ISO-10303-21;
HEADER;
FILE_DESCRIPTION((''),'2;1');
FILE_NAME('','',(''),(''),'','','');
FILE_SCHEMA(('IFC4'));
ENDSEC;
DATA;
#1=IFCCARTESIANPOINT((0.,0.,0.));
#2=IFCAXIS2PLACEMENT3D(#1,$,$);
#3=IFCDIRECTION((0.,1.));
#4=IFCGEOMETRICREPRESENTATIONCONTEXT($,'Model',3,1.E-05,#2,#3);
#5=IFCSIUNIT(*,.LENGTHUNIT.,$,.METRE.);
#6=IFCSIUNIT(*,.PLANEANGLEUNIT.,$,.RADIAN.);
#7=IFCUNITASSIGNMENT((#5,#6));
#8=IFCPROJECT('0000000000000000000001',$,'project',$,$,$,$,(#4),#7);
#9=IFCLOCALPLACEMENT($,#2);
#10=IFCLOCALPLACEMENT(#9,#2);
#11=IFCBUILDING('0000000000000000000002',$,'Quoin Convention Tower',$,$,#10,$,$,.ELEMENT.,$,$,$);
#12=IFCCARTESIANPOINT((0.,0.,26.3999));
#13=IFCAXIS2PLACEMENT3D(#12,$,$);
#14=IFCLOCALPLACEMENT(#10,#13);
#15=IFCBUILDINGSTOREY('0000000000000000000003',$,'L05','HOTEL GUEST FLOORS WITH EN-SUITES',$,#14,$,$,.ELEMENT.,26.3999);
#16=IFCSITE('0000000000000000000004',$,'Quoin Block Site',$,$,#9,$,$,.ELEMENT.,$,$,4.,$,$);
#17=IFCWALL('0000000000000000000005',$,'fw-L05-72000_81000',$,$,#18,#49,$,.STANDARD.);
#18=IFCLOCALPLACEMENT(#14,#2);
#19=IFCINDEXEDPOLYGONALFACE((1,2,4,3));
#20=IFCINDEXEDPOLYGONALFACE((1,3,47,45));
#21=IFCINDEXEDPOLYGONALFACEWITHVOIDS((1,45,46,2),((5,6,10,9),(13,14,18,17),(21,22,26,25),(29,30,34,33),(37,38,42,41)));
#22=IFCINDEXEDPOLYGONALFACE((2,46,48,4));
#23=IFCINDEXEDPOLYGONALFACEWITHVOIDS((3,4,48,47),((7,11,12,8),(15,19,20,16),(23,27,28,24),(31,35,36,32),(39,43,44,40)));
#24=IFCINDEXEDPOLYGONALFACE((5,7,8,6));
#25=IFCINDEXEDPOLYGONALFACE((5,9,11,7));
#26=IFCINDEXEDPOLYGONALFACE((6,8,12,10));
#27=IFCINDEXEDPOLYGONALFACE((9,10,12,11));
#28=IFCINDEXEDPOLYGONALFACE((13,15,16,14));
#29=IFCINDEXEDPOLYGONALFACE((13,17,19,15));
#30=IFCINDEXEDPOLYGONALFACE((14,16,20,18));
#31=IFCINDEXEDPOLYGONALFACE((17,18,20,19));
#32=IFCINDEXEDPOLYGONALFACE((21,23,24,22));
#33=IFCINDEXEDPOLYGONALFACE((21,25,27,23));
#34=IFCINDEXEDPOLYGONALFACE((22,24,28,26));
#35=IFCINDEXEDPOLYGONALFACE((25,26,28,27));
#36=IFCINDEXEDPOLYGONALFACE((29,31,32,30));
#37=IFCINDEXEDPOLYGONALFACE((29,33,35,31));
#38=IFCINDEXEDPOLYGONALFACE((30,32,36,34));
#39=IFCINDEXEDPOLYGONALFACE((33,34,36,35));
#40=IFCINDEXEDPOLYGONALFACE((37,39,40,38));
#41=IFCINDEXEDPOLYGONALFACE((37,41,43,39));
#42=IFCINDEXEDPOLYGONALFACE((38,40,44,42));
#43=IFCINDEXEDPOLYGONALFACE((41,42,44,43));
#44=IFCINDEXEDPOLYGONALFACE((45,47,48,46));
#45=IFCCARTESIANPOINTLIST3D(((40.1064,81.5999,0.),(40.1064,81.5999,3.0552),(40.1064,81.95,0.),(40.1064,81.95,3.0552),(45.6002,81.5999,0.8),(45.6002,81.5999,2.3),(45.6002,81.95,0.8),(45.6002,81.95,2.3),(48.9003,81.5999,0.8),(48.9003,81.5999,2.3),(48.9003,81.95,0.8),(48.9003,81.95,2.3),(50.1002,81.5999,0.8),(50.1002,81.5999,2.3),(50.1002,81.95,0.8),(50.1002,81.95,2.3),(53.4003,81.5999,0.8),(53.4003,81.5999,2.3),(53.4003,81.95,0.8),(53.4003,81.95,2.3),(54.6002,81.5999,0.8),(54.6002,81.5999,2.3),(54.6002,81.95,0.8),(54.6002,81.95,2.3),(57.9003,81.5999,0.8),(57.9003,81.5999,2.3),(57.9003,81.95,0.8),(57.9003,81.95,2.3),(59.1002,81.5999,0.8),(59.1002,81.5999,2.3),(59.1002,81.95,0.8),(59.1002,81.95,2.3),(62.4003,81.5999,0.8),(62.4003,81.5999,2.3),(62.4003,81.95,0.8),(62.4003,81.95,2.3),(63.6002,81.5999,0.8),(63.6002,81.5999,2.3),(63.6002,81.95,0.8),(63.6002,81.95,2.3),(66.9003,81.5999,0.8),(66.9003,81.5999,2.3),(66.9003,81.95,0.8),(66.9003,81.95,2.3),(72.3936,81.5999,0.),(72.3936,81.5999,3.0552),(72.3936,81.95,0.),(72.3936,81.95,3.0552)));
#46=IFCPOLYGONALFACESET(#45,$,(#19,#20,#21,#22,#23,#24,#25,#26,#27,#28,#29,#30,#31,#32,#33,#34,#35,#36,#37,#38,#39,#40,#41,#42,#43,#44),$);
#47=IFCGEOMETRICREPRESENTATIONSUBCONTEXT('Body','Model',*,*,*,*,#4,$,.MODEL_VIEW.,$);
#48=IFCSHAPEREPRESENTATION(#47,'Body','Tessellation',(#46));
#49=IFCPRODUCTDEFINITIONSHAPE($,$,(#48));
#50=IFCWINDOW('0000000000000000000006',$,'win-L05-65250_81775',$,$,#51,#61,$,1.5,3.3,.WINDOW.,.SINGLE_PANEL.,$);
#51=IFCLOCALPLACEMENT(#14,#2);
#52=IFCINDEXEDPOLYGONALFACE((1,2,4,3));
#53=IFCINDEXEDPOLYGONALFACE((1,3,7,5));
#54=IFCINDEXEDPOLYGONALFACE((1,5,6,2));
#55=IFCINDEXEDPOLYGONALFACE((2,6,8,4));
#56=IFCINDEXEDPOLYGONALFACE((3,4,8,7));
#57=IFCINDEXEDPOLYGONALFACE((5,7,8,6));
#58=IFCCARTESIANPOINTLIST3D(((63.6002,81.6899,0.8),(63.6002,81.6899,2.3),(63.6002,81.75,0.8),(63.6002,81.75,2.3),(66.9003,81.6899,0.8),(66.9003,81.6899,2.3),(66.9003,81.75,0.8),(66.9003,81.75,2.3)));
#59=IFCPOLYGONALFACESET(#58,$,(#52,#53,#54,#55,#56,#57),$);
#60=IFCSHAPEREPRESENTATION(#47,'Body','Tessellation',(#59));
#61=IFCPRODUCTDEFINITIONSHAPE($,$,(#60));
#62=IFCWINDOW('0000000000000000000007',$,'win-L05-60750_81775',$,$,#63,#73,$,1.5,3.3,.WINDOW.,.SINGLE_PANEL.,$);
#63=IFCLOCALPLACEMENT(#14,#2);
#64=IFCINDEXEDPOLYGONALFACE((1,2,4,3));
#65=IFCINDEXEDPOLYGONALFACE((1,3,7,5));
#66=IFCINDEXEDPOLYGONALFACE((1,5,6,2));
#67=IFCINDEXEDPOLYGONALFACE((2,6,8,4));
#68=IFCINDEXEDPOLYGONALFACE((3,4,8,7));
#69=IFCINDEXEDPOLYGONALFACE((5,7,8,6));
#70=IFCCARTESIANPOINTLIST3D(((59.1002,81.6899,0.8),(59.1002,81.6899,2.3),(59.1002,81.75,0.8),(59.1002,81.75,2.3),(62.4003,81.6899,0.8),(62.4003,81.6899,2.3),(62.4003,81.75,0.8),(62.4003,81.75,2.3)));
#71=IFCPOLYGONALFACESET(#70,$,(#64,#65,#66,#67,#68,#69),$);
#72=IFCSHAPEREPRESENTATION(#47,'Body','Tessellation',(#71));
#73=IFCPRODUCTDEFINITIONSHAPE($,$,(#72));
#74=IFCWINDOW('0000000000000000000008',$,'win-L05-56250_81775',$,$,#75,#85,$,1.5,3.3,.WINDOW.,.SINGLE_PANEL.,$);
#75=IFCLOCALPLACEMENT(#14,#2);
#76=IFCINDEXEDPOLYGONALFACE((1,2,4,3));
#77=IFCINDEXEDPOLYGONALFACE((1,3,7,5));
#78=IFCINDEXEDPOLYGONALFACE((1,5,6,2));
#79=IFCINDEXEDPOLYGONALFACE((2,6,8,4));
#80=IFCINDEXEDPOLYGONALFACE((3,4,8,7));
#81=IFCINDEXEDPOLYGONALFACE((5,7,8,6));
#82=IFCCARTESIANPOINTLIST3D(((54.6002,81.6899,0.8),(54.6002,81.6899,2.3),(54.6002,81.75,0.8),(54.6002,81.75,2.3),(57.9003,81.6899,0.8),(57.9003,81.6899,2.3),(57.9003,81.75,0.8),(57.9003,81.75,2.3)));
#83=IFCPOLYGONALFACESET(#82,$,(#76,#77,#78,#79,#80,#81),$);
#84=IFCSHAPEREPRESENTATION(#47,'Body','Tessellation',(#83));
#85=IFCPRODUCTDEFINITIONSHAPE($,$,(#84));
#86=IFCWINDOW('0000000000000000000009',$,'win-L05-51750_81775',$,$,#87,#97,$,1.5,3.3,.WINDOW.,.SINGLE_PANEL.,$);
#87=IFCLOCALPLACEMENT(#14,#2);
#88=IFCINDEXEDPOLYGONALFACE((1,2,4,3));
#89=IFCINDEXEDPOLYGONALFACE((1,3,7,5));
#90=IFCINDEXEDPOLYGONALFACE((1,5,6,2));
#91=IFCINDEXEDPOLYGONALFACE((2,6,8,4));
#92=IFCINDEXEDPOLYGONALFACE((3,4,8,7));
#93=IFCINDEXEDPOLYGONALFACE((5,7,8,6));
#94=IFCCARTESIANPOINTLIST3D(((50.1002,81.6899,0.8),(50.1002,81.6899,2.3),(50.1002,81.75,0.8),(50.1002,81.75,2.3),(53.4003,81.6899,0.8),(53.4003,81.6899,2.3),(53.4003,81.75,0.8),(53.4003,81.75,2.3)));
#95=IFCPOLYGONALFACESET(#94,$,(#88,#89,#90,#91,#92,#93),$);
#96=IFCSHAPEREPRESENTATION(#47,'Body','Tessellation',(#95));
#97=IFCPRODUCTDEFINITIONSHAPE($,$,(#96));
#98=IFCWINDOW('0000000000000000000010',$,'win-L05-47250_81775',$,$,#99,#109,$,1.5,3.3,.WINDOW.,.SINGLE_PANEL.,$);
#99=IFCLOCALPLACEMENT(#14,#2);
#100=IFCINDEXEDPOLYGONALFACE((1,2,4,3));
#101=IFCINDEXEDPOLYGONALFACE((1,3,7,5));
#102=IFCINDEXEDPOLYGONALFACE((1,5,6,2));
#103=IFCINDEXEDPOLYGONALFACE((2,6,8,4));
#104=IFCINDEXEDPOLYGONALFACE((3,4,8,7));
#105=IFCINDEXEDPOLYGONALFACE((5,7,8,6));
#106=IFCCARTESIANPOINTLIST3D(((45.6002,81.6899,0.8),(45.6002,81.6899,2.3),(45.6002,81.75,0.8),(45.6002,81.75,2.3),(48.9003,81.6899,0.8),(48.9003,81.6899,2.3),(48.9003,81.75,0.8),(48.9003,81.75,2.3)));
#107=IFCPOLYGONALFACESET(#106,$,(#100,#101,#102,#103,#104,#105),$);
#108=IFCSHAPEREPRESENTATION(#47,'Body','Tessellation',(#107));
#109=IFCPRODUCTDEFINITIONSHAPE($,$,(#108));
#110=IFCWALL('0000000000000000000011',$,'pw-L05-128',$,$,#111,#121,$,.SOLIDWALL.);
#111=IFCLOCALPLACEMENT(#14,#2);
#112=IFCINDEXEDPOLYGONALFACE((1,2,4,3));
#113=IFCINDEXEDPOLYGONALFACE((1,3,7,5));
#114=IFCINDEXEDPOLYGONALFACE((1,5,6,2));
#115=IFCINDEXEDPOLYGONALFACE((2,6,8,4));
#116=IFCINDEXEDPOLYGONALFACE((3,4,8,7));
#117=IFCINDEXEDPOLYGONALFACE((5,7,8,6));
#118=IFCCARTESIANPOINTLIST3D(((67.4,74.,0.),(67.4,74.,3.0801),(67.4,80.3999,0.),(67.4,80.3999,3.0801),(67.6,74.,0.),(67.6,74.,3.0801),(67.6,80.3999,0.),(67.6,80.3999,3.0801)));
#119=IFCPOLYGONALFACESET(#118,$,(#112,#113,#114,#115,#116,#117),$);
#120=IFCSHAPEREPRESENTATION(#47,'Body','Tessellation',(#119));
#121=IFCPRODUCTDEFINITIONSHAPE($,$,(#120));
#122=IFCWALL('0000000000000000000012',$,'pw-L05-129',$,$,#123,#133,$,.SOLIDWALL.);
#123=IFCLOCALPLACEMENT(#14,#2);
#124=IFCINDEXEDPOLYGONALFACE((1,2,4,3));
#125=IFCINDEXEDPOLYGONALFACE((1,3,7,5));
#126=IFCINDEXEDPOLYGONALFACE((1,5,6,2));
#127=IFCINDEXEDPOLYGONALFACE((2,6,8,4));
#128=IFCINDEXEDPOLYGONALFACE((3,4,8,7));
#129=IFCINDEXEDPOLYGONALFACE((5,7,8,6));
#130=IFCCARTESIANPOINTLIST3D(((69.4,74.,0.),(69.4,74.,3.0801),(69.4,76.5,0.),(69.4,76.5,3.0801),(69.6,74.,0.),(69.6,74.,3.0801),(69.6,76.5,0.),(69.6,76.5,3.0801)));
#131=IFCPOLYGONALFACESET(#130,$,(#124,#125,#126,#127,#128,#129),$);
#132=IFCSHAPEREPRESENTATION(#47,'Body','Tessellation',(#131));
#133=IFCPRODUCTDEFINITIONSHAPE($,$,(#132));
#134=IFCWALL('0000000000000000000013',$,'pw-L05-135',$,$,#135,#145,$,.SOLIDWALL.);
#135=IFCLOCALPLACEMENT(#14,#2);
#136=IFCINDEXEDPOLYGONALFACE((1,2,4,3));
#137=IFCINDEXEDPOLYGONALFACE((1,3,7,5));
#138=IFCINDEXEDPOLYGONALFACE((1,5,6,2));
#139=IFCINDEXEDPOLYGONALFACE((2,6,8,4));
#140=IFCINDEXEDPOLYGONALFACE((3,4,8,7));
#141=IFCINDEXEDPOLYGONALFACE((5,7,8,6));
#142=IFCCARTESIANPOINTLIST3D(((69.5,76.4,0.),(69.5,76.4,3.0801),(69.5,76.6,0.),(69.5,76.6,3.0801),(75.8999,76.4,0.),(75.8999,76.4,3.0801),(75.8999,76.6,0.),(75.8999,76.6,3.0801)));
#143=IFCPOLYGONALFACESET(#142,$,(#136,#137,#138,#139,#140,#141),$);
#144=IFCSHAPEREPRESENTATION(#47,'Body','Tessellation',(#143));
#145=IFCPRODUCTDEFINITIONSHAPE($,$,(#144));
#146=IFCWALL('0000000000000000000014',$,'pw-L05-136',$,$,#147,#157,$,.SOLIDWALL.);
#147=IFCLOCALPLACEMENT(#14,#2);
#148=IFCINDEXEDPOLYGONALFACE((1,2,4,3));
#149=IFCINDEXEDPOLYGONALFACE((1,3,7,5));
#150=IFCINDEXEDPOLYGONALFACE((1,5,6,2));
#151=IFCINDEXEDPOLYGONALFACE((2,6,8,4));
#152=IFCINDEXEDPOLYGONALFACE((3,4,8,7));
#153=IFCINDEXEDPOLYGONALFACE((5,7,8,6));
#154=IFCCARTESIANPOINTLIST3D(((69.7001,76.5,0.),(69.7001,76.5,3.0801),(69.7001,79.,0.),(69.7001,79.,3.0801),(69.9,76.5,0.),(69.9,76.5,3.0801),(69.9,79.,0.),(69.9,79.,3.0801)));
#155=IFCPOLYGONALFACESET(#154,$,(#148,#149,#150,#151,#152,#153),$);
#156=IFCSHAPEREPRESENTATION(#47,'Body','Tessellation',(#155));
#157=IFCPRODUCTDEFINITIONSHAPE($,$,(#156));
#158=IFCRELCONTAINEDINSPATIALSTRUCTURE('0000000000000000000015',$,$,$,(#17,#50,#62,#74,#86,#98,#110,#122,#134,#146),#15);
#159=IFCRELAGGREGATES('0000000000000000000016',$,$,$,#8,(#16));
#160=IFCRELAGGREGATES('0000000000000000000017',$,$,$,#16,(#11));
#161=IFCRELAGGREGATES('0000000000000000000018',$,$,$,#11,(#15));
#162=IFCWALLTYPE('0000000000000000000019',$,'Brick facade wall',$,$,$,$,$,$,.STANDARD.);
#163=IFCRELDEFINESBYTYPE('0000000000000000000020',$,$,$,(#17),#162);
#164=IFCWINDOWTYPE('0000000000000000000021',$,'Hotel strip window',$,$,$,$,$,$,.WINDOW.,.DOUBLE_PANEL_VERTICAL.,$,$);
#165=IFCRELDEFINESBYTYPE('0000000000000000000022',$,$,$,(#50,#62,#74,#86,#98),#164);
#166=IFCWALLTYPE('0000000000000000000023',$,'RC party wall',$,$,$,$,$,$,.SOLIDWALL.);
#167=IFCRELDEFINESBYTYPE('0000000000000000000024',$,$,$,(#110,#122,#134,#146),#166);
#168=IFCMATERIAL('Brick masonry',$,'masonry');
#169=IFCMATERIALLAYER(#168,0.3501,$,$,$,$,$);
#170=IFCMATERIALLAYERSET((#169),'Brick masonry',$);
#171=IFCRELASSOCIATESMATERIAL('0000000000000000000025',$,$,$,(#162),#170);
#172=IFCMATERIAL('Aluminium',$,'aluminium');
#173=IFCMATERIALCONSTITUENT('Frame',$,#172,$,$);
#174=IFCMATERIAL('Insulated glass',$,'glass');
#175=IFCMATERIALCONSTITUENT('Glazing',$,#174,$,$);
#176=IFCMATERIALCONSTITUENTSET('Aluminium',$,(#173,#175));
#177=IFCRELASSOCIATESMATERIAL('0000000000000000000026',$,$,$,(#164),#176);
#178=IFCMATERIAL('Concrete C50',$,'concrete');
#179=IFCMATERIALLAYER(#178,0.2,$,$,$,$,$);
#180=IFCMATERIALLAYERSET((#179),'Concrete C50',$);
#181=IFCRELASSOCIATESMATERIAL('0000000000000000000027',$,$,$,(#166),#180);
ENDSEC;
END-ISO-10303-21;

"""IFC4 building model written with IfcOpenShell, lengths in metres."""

from ifc_helpers import new_model, si_unit, direction, frame, frame_2d, origin, place, context, subcontext, project, spatial, rectangle, extrude, material, layer, layer_set, constituent, constituent_set, type_object, element, fill, save


model = new_model("IFC4")

# Units and contexts
model_context = context("Model", 3, precision=1e-05, world=origin(), true_north=direction((0.0, 1.0)))
body_context = subcontext(model_context, "Body", "Model", "MODEL_VIEW")
ifc_project = project(units=[si_unit("LENGTHUNIT", "METRE"), si_unit("PLANEANGLEUNIT", "RADIAN")], contexts=[model_context])

# Site, building, storey
site_placement = place(None, origin())
site = spatial("IfcSite", under=ifc_project, at=site_placement, Name="Quoin Block Site", CompositionType="ELEMENT", RefElevation=4.0)
building_placement = place(site_placement, origin())
building = spatial("IfcBuilding", under=site, at=building_placement, Name="Quoin Convention Tower", CompositionType="ELEMENT")
storey_placement = place(building_placement, frame((0.0, 0.0, 26.3999)))
storey = spatial("IfcBuildingStorey", under=building, at=storey_placement, Name="L05", Description="HOTEL GUEST FLOORS WITH EN-SUITES", CompositionType="ELEMENT", Elevation=26.3999)

# Shared definitions
ifc_material_1 = material(Name="Brick masonry", Category="masonry")
ifc_layer_1 = layer(ifc_material_1, 0.3501)
ifc_layer_set_1 = layer_set([ifc_layer_1], Name="Brick masonry")
wall_type_1 = type_object("IfcWallType", Name="Brick facade wall", PredefinedType="STANDARD", material=ifc_layer_set_1)
ifc_material_2 = material(Name="Aluminium", Category="aluminium")
ifc_constituent_1 = constituent(ifc_material_2, Name="Frame")
ifc_material_3 = material(Name="Insulated glass", Category="glass")
ifc_constituent_2 = constituent(ifc_material_3, Name="Glazing")
ifc_constituent_set = constituent_set(constituents=[ifc_constituent_1, ifc_constituent_2], Name="Aluminium")
window_type = type_object("IfcWindowType", Name="Hotel strip window", PartitioningType="DOUBLE_PANEL_VERTICAL", PredefinedType="WINDOW", material=ifc_constituent_set)

# Wall, openings, windows
wall_1_placement = place(storey_placement, frame((72.3936, 81.7749, 0.0), z_axis=(0.0, 0.0, 1.0), x_axis=(-1.0, 0.0, 0.0)))
wall_1 = element("IfcWall", 1, at=wall_1_placement, inside=storey, type_object=wall_type_1, Name="fw-L05-72000_81000", PredefinedType="STANDARD", context=body_context, shape_type="SweptSolid", body=[
    extrude(rectangle(XDim=32.2871, YDim=0.3501, at=frame_2d((16.1436, 0.0))), origin(), (0.0, 0.0, 1.0), 3.0552),
])
opening_1_placement = place(wall_1_placement, frame((5.4934, 0.0, 0.8)))
opening_1 = element("IfcOpeningElement", 2, at=opening_1_placement, cuts=wall_1, PredefinedType="OPENING", context=body_context, shape_type="SweptSolid", body=[
    extrude(rectangle(XDim=3.3, YDim=1.5, at=frame_2d((1.6499, 0.75))), frame((0.0, 0.1851, 0.0), z_axis=(0.0, -1.0, 0.0), x_axis=(1.0, 0.0, 0.0)), (0.0, 0.0, 1.0), 0.3701),
])
opening_2_placement = place(wall_1_placement, frame((9.9934, 0.0, 0.8)))
opening_2 = element("IfcOpeningElement", 3, at=opening_2_placement, cuts=wall_1, PredefinedType="OPENING", context=body_context, shape_type="SweptSolid", body=[
    extrude(rectangle(XDim=3.3, YDim=1.5, at=frame_2d((1.6499, 0.75))), frame((0.0, 0.1851, 0.0), z_axis=(0.0, -1.0, 0.0), x_axis=(1.0, 0.0, 0.0)), (0.0, 0.0, 1.0), 0.3701),
])
opening_3_placement = place(wall_1_placement, frame((14.4934, 0.0, 0.8)))
opening_3 = element("IfcOpeningElement", 4, at=opening_3_placement, cuts=wall_1, PredefinedType="OPENING", context=body_context, shape_type="SweptSolid", body=[
    extrude(rectangle(XDim=3.3, YDim=1.5, at=frame_2d((1.6499, 0.75))), frame((0.0, 0.1851, 0.0), z_axis=(0.0, -1.0, 0.0), x_axis=(1.0, 0.0, 0.0)), (0.0, 0.0, 1.0), 0.3701),
])
opening_4_placement = place(wall_1_placement, frame((18.9934, 0.0, 0.8)))
opening_4 = element("IfcOpeningElement", 5, at=opening_4_placement, cuts=wall_1, PredefinedType="OPENING", context=body_context, shape_type="SweptSolid", body=[
    extrude(rectangle(XDim=3.3, YDim=1.5, at=frame_2d((1.6499, 0.75))), frame((0.0, 0.1851, 0.0), z_axis=(0.0, -1.0, 0.0), x_axis=(1.0, 0.0, 0.0)), (0.0, 0.0, 1.0), 0.3701),
])
opening_5_placement = place(wall_1_placement, frame((23.4934, 0.0, 0.8)))
opening_5 = element("IfcOpeningElement", 6, at=opening_5_placement, cuts=wall_1, PredefinedType="OPENING", context=body_context, shape_type="SweptSolid", body=[
    extrude(rectangle(XDim=3.3, YDim=1.5, at=frame_2d((1.6499, 0.75))), frame((0.0, 0.1851, 0.0), z_axis=(0.0, -1.0, 0.0), x_axis=(1.0, 0.0, 0.0)), (0.0, 0.0, 1.0), 0.3701),
])
window_1_placement = place(opening_1_placement, origin())
window_1 = element("IfcWindow", 7, at=window_1_placement, inside=storey, type_object=window_type, Name="win-L05-65250_81775", OverallHeight=1.5, OverallWidth=3.3, PartitioningType="SINGLE_PANEL", PredefinedType="WINDOW", context=body_context, shape_type="SweptSolid", body=[
    extrude(rectangle(XDim=3.3, YDim=1.5, at=frame_2d((1.6499, 0.75))), frame((0.0, 0.085, 0.0), z_axis=(0.0, -1.0, 0.0), x_axis=(1.0, 0.0, 0.0)), (0.0, 0.0, 1.0), 0.0601),
])
fill(opening_1, window_1)
window_2_placement = place(opening_2_placement, origin())
window_2 = element("IfcWindow", 8, at=window_2_placement, inside=storey, type_object=window_type, Name="win-L05-60750_81775", OverallHeight=1.5, OverallWidth=3.3, PartitioningType="SINGLE_PANEL", PredefinedType="WINDOW", context=body_context, shape_type="SweptSolid", body=[
    extrude(rectangle(XDim=3.3, YDim=1.5, at=frame_2d((1.6499, 0.75))), frame((0.0, 0.085, 0.0), z_axis=(0.0, -1.0, 0.0), x_axis=(1.0, 0.0, 0.0)), (0.0, 0.0, 1.0), 0.0601),
])
fill(opening_2, window_2)
window_3_placement = place(opening_3_placement, origin())
window_3 = element("IfcWindow", 9, at=window_3_placement, inside=storey, type_object=window_type, Name="win-L05-56250_81775", OverallHeight=1.5, OverallWidth=3.3, PartitioningType="SINGLE_PANEL", PredefinedType="WINDOW", context=body_context, shape_type="SweptSolid", body=[
    extrude(rectangle(XDim=3.3, YDim=1.5, at=frame_2d((1.6499, 0.75))), frame((0.0, 0.085, 0.0), z_axis=(0.0, -1.0, 0.0), x_axis=(1.0, 0.0, 0.0)), (0.0, 0.0, 1.0), 0.0601),
])
fill(opening_3, window_3)
window_4_placement = place(opening_4_placement, origin())
window_4 = element("IfcWindow", 10, at=window_4_placement, inside=storey, type_object=window_type, Name="win-L05-51750_81775", OverallHeight=1.5, OverallWidth=3.3, PartitioningType="SINGLE_PANEL", PredefinedType="WINDOW", context=body_context, shape_type="SweptSolid", body=[
    extrude(rectangle(XDim=3.3, YDim=1.5, at=frame_2d((1.6499, 0.75))), frame((0.0, 0.085, 0.0), z_axis=(0.0, -1.0, 0.0), x_axis=(1.0, 0.0, 0.0)), (0.0, 0.0, 1.0), 0.0601),
])
fill(opening_4, window_4)
window_5_placement = place(opening_5_placement, origin())
window_5 = element("IfcWindow", 11, at=window_5_placement, inside=storey, type_object=window_type, Name="win-L05-47250_81775", OverallHeight=1.5, OverallWidth=3.3, PartitioningType="SINGLE_PANEL", PredefinedType="WINDOW", context=body_context, shape_type="SweptSolid", body=[
    extrude(rectangle(XDim=3.3, YDim=1.5, at=frame_2d((1.6499, 0.75))), frame((0.0, 0.085, 0.0), z_axis=(0.0, -1.0, 0.0), x_axis=(1.0, 0.0, 0.0)), (0.0, 0.0, 1.0), 0.0601),
])
fill(opening_5, window_5)

# Walls
ifc_material_4 = material(Name="Concrete C50", Category="concrete")
ifc_layer_2 = layer(ifc_material_4, 0.2)
ifc_layer_set_2 = layer_set([ifc_layer_2], Name="Concrete C50")
wall_type_2 = type_object("IfcWallType", Name="RC party wall", PredefinedType="SOLIDWALL", material=ifc_layer_set_2)
wall_2_placement = place(storey_placement, frame((67.5, 74.0, 0.0), z_axis=(0.0, 0.0, 1.0), x_axis=(0.0, 1.0, 0.0)))
element("IfcWall", 12, at=wall_2_placement, inside=storey, type_object=wall_type_2, Name="pw-L05-128", PredefinedType="SOLIDWALL", context=body_context, shape_type="SweptSolid", body=[
    extrude(rectangle(XDim=6.3999, YDim=0.2, at=frame_2d((3.2, 0.0))), origin(), (0.0, 0.0, 1.0), 3.0801),
])
wall_3_placement = place(storey_placement, frame((69.5, 74.0, 0.0), z_axis=(0.0, 0.0, 1.0), x_axis=(0.0, 1.0, 0.0)))
element("IfcWall", 13, at=wall_3_placement, inside=storey, type_object=wall_type_2, Name="pw-L05-129", PredefinedType="SOLIDWALL", context=body_context, shape_type="SweptSolid", body=[
    extrude(rectangle(XDim=2.5, YDim=0.2, at=frame_2d((1.25, 0.0))), origin(), (0.0, 0.0, 1.0), 3.0801),
])
wall_4_placement = place(storey_placement, frame((69.5, 76.5, 0.0), z_axis=(0.0, 0.0, 1.0), x_axis=(1.0, 0.0, 0.0)))
element("IfcWall", 14, at=wall_4_placement, inside=storey, type_object=wall_type_2, Name="pw-L05-135", PredefinedType="SOLIDWALL", context=body_context, shape_type="SweptSolid", body=[
    extrude(rectangle(XDim=6.3999, YDim=0.2, at=frame_2d((3.2, 0.0))), origin(), (0.0, 0.0, 1.0), 3.0801),
])
wall_5_placement = place(storey_placement, frame((69.8, 76.5, 0.0), z_axis=(0.0, 0.0, 1.0), x_axis=(0.0, 1.0, 0.0)))
element("IfcWall", 15, at=wall_5_placement, inside=storey, type_object=wall_type_2, Name="pw-L05-136", PredefinedType="SOLIDWALL", context=body_context, shape_type="SweptSolid", body=[
    extrude(rectangle(XDim=2.5, YDim=0.2, at=frame_2d((1.25, 0.0))), origin(), (0.0, 0.0, 1.0), 3.0801),
])

save(model, "model.ifc")
